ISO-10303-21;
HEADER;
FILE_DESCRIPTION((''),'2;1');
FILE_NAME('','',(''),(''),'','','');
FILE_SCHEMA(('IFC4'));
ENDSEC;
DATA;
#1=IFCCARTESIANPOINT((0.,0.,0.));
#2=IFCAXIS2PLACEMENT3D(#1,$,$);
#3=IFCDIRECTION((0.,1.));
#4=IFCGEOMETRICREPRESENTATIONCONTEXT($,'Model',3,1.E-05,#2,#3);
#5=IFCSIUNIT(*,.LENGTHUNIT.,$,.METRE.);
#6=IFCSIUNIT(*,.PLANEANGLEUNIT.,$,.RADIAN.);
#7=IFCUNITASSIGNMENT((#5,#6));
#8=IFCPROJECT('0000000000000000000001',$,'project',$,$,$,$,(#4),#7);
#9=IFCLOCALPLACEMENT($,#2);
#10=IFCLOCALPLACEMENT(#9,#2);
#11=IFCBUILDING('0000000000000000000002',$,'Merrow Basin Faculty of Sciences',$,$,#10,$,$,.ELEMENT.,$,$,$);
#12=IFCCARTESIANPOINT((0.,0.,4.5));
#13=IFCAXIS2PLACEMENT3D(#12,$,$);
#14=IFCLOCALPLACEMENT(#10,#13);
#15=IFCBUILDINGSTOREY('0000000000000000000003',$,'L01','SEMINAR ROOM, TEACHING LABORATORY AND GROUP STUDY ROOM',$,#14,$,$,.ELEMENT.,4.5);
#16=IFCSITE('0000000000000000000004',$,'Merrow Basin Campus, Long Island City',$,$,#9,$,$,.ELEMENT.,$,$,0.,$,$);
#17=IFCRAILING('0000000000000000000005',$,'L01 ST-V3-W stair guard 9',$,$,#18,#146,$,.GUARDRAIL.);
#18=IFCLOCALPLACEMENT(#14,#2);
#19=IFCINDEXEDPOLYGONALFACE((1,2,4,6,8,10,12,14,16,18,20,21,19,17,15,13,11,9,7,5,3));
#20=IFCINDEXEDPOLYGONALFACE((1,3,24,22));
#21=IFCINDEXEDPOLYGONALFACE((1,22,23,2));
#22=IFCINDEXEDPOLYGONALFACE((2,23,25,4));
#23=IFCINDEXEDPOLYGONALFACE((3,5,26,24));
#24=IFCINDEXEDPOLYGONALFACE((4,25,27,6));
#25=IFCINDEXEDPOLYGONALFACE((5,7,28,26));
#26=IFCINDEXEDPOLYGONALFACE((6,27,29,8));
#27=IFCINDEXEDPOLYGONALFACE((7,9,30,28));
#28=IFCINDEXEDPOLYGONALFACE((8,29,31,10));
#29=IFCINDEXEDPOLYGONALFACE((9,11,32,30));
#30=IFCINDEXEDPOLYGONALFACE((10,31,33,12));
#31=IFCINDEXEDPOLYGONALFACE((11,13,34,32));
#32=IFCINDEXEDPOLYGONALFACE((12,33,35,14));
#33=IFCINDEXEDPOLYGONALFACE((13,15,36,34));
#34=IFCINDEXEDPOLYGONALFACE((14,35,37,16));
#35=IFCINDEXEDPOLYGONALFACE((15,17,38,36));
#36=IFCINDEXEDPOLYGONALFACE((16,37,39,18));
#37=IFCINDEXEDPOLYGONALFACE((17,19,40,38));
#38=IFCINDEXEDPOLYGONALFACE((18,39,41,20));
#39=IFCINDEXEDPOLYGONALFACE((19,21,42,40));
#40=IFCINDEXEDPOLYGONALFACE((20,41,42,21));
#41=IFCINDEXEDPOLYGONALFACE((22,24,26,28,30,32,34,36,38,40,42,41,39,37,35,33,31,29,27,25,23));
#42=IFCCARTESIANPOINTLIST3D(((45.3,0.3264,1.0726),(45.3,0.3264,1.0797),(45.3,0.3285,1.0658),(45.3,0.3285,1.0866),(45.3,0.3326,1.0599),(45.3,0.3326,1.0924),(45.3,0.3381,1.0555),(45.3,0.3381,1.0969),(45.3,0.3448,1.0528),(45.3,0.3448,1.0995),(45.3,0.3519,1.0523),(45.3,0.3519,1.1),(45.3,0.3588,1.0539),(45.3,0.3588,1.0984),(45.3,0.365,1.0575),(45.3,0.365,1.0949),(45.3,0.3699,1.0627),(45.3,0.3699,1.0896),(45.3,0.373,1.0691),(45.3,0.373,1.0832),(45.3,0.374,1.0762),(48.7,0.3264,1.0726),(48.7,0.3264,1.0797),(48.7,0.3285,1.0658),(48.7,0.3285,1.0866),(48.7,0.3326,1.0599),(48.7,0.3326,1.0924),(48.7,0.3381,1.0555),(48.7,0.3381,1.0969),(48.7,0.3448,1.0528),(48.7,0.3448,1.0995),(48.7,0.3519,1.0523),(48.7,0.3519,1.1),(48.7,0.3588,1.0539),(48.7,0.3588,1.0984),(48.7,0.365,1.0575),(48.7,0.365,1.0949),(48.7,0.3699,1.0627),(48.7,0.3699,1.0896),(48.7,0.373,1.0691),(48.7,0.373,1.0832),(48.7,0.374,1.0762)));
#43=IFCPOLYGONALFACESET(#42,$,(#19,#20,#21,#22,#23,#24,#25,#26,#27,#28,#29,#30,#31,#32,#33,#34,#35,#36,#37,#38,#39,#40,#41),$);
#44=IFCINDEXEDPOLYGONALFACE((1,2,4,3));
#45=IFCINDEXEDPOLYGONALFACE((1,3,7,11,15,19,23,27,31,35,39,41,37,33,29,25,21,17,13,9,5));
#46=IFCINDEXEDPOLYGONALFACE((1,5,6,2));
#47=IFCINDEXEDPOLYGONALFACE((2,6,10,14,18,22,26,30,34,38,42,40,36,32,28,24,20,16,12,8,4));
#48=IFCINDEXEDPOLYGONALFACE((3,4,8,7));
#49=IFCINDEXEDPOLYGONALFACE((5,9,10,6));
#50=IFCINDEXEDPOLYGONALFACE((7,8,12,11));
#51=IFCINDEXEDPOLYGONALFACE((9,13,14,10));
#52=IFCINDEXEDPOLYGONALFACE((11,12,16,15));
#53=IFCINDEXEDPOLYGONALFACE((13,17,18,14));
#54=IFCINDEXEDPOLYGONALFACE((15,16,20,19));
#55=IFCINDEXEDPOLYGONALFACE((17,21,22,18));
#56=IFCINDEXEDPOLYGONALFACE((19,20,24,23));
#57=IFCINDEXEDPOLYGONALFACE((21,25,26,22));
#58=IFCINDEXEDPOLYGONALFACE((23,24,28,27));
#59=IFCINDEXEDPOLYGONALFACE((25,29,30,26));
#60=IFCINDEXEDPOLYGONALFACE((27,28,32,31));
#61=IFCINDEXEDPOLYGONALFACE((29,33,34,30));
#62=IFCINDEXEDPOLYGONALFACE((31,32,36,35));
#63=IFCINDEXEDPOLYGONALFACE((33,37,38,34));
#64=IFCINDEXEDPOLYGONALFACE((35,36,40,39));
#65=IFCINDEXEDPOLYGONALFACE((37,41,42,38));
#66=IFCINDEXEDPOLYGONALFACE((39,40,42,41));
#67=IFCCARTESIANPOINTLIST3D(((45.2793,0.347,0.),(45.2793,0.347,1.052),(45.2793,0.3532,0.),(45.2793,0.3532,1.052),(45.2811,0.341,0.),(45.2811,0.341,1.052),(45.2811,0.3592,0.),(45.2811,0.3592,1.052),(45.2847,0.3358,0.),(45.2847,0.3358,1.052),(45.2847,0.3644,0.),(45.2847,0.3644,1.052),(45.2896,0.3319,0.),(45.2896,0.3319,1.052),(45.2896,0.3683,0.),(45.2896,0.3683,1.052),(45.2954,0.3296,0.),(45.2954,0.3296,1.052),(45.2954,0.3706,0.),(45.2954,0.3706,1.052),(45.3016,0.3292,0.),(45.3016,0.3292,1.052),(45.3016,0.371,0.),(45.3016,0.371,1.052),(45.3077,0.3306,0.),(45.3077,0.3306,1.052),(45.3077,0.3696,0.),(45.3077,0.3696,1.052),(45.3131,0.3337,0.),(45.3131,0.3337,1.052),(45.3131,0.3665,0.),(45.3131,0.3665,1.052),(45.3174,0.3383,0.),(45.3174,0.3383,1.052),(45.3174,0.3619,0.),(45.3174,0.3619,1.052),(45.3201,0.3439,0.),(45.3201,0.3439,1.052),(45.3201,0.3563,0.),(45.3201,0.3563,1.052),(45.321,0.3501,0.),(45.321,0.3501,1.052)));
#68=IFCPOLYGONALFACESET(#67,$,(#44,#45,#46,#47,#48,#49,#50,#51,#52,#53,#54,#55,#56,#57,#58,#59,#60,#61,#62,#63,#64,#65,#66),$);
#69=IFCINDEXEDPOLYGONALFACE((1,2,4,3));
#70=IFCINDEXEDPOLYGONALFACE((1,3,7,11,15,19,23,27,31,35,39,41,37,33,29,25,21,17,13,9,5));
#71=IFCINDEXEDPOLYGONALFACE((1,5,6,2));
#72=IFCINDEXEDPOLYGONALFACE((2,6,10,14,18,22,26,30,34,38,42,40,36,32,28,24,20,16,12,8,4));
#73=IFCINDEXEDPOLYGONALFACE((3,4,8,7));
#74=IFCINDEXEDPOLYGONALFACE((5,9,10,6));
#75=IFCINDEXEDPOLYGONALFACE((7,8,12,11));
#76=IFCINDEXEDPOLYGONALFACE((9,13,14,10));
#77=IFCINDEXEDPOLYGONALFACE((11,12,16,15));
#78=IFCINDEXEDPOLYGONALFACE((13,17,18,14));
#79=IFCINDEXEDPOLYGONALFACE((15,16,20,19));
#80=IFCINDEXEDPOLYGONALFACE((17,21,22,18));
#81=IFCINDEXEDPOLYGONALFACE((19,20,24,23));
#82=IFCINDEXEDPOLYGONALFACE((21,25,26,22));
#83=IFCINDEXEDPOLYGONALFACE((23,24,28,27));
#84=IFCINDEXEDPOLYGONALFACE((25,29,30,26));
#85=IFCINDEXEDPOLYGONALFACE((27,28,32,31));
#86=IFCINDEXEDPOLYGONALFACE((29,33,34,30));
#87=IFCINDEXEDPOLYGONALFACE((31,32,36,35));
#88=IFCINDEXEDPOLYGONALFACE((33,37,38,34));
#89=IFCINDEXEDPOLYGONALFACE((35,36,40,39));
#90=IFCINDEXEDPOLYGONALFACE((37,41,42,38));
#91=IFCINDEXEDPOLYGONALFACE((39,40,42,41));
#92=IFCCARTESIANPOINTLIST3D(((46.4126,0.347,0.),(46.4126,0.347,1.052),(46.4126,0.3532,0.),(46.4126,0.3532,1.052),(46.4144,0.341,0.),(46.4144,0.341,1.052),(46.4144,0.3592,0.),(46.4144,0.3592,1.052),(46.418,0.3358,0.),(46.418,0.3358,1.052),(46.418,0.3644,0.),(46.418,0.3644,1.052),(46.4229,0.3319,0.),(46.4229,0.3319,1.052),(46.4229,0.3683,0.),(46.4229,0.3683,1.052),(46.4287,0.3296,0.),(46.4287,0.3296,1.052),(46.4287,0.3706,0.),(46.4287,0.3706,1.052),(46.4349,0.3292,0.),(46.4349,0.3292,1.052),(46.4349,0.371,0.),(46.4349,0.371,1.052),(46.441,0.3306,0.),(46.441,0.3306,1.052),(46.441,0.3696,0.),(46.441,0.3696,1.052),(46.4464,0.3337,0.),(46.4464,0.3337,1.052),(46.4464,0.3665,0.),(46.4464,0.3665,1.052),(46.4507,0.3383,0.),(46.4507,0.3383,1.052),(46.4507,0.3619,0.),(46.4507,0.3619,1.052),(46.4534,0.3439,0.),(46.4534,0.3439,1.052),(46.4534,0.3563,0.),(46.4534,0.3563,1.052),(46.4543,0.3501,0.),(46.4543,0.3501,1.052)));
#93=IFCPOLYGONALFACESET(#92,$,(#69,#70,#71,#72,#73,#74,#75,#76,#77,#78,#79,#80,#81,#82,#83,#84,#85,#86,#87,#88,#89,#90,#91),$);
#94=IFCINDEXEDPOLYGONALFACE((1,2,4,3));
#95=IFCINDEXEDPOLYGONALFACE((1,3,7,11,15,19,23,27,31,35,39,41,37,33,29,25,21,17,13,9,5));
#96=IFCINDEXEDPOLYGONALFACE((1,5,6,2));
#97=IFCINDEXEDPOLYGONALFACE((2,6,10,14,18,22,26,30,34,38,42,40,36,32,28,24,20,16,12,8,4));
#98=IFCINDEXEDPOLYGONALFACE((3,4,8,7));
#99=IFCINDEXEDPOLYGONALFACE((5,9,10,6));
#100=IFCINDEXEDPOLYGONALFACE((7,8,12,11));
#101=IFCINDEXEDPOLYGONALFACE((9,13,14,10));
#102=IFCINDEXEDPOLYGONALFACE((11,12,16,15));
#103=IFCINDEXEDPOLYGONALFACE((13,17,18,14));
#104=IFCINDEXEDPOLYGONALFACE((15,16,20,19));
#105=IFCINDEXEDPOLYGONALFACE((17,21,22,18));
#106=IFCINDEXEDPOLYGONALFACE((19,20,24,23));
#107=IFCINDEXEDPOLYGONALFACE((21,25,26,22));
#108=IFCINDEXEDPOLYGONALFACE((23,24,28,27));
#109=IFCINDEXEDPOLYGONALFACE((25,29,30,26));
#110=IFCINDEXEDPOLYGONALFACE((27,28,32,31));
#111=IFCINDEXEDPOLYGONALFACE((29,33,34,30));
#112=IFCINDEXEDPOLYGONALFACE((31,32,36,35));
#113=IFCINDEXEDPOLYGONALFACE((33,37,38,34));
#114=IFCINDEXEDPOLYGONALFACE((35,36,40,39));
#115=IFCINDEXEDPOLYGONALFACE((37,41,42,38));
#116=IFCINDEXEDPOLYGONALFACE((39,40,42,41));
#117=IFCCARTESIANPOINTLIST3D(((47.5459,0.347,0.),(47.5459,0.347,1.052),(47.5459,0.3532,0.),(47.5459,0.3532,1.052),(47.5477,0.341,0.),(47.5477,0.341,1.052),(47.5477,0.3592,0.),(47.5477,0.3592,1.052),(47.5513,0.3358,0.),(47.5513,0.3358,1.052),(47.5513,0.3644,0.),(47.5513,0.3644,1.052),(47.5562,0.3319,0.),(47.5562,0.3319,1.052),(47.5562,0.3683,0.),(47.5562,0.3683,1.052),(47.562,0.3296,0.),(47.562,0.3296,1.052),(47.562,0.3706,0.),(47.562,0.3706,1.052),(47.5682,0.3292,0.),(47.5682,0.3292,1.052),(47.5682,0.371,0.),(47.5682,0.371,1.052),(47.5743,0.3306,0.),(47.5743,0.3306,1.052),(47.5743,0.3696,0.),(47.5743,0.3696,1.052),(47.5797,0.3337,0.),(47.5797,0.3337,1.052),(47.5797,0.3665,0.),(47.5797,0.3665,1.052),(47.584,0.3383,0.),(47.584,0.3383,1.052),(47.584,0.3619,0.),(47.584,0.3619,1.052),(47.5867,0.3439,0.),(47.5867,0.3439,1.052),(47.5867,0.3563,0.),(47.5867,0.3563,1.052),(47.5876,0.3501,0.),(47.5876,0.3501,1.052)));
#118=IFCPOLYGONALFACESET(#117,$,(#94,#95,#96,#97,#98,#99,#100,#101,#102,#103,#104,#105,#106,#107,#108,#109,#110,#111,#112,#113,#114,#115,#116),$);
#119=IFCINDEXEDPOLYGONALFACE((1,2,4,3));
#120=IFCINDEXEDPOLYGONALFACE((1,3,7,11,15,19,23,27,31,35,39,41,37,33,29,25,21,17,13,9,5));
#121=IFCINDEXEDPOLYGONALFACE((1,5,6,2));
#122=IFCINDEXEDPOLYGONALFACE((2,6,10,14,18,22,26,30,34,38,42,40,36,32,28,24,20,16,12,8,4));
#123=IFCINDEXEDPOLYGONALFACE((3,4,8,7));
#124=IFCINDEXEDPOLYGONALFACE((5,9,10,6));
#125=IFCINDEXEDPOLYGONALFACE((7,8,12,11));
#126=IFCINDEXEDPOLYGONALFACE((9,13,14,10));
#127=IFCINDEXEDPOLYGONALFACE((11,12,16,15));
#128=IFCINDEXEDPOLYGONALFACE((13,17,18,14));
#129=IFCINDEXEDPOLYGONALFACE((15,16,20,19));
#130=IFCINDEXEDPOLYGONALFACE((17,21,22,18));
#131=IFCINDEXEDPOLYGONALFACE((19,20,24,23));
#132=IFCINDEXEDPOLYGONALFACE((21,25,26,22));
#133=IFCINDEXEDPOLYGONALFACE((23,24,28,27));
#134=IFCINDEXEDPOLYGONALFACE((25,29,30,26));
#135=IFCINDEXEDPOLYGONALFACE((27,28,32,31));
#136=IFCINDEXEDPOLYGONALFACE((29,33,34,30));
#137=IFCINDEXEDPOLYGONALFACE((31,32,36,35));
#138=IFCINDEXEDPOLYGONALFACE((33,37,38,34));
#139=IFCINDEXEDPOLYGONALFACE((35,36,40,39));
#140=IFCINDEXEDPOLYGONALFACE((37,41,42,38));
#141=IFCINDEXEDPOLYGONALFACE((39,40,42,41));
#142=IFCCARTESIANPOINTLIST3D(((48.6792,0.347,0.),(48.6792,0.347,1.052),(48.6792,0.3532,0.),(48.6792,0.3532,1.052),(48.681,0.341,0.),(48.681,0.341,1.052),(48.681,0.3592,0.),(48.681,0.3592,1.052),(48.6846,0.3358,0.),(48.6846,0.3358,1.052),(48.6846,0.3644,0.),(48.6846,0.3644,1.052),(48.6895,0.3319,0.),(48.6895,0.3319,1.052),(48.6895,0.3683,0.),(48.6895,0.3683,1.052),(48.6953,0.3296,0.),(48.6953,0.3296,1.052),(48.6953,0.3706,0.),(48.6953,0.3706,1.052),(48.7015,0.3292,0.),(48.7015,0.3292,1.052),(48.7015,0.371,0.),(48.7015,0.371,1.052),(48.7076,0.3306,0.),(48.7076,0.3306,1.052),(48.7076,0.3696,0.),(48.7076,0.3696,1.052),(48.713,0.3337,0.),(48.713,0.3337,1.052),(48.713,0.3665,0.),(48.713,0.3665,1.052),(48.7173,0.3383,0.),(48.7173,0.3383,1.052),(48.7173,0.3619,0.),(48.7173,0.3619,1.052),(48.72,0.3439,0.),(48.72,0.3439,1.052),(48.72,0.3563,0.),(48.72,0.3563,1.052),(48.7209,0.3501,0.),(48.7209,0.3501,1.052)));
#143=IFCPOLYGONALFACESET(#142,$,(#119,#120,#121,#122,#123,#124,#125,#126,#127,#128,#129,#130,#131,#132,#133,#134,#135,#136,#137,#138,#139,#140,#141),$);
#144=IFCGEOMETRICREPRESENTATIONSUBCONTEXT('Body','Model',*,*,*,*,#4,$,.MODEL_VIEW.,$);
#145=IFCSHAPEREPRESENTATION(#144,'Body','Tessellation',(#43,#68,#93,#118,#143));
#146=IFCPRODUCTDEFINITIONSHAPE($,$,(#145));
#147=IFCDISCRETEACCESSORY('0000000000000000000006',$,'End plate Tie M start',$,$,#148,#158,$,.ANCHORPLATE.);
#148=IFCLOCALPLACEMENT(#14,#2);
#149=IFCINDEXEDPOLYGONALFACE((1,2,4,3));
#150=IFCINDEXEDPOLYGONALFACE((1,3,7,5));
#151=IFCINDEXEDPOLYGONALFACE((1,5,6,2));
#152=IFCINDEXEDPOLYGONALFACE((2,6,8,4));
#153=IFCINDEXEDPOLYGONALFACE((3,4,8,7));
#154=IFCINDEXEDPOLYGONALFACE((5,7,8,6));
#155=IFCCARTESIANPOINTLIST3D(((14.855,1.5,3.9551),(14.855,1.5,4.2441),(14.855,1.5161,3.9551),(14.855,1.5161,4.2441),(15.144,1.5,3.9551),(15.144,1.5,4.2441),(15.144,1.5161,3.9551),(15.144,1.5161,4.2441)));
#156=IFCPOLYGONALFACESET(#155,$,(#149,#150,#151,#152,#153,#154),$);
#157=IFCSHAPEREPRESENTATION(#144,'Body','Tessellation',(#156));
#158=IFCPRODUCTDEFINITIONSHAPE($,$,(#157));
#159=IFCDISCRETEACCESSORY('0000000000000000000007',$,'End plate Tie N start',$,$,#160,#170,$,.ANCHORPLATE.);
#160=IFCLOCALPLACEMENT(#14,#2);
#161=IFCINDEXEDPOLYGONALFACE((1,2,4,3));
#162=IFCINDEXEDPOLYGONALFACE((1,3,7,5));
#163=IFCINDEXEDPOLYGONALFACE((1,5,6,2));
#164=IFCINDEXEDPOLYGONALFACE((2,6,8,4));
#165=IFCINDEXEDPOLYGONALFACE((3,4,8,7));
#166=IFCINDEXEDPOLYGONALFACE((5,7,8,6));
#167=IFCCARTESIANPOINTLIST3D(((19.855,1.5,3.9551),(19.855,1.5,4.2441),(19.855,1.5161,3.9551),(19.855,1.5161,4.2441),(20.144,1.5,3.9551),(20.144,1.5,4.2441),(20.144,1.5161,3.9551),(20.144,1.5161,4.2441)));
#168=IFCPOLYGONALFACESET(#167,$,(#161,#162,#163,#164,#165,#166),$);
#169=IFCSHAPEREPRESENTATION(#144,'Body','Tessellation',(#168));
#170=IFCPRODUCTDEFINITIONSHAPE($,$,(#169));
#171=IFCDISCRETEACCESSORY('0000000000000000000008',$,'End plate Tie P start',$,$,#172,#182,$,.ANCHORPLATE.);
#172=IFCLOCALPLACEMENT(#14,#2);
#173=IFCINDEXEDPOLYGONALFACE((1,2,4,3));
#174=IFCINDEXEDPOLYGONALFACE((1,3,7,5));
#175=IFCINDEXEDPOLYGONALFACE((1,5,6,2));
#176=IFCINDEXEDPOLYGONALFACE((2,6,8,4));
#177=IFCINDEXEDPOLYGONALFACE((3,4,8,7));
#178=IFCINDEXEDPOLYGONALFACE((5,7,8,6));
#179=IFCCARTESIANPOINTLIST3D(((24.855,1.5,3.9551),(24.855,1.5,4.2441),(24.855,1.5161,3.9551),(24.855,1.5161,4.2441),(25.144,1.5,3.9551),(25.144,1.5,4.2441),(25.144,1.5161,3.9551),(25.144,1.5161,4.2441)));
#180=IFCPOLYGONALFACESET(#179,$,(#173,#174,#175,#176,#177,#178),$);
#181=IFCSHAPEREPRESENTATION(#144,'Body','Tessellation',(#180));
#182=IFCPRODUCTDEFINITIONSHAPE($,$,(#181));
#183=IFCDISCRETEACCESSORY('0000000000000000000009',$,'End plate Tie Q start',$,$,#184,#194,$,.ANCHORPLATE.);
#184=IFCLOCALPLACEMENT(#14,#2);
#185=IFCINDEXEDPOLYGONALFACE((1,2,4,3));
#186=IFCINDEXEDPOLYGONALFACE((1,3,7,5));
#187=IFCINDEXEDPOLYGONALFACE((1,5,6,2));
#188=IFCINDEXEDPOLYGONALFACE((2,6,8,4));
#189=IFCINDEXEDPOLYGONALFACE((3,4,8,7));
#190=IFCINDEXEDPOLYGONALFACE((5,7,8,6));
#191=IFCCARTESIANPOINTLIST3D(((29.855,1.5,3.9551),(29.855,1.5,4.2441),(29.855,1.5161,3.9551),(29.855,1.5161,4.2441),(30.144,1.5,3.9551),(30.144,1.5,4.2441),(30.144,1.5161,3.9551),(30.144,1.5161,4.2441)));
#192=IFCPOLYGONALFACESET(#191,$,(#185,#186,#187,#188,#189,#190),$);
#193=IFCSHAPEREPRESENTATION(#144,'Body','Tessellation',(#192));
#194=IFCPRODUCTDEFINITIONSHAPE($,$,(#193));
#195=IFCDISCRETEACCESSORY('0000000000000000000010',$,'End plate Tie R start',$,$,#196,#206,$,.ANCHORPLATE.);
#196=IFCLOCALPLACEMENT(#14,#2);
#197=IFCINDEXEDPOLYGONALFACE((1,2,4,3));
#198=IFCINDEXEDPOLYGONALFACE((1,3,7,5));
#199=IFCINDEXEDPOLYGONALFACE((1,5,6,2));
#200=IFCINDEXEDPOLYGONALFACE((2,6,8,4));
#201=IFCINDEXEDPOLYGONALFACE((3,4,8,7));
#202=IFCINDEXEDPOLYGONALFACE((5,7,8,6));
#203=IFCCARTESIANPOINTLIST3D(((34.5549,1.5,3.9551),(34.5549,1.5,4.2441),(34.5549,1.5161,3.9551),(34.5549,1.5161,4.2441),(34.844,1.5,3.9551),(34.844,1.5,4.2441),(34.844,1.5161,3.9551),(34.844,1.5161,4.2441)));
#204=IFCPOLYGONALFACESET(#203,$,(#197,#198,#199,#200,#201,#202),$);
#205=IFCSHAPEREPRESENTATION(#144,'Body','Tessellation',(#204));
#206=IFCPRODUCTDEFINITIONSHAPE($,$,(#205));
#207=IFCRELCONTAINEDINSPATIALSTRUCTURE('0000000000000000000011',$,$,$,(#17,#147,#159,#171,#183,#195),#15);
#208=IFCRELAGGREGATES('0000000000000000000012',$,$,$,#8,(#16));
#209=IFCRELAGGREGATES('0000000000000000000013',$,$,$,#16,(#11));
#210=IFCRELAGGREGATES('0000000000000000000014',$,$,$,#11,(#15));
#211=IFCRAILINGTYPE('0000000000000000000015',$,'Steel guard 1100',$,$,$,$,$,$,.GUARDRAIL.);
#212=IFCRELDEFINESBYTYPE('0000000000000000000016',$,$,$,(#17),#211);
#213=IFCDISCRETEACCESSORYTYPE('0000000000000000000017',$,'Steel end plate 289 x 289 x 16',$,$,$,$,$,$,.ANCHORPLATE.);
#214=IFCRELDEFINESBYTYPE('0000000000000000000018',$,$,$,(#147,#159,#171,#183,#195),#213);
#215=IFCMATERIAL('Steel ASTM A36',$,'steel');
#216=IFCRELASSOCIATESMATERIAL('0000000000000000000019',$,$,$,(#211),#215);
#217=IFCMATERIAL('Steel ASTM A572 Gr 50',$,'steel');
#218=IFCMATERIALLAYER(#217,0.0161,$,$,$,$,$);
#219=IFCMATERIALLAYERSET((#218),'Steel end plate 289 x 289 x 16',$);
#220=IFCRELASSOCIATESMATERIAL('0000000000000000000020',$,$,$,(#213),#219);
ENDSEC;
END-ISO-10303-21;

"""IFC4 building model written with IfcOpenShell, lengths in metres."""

from ifc_helpers import new_model, si_unit, direction, frame, origin, origin_2d, place, context, subcontext, project, spatial, polyline, circle, outline, extrude, source, transform, mapped, material, layer, layer_set, type_object, element, save


model = new_model("IFC4")

# Units and contexts
model_context = context("Model", 3, precision=1e-05, world=origin(), true_north=direction((0.0, 1.0)))
body_context = subcontext(model_context, "Body", "Model", "MODEL_VIEW")
ifc_project = project(units=[si_unit("LENGTHUNIT", "METRE"), si_unit("PLANEANGLEUNIT", "RADIAN")], contexts=[model_context])

# Site, building, storey
site_placement = place(None, origin())
site = spatial("IfcSite", under=ifc_project, at=site_placement, Name="Merrow Basin Campus, Long Island City", CompositionType="ELEMENT", RefElevation=0.0)
building_placement = place(site_placement, origin())
building = spatial("IfcBuilding", under=site, at=building_placement, Name="Merrow Basin Faculty of Sciences", CompositionType="ELEMENT")
storey_placement = place(building_placement, frame((0.0, 0.0, 4.5)))
storey = spatial("IfcBuildingStorey", under=building, at=storey_placement, Name="L01", Description="SEMINAR ROOM, TEACHING LABORATORY AND GROUP STUDY ROOM", CompositionType="ELEMENT", Elevation=4.5)

# Railing
ifc_material_1 = material(Name="Steel ASTM A36", Category="steel")
railing_type = type_object("IfcRailingType", Name="Steel guard 1100", PredefinedType="GUARDRAIL", material=ifc_material_1)
railing_1_placement = place(storey_placement, frame((45.3, 0.3501, 0.0)))
element("IfcRailing", 1, at=railing_1_placement, inside=storey, type_object=railing_type, Name="L01 ST-V3-W stair guard 9", PredefinedType="GUARDRAIL", context=body_context, shape_type="SweptSolid", body=[
    extrude(circle(Radius=0.0239, at=origin_2d()), frame((0.0, 0.0, 1.0762), z_axis=(1.0, 0.0, 0.0), x_axis=(0.0, 1.0, 0.0)), (0.0, 0.0, 1.0), 3.3999),
    extrude(circle(Radius=0.021, at=origin_2d()), origin(), (0.0, 0.0, 1.0), 1.052),
    extrude(circle(Radius=0.021, at=origin_2d()), frame((1.1333, 0.0, 0.0)), (0.0, 0.0, 1.0), 1.052),
    extrude(circle(Radius=0.021, at=origin_2d()), frame((2.2666, 0.0, 0.0)), (0.0, 0.0, 1.0), 1.052),
    extrude(circle(Radius=0.021, at=origin_2d()), frame((3.3999, 0.0, 0.0)), (0.0, 0.0, 1.0), 1.052),
])

# Discrete accessories
ifc_material_2 = material(Name="Steel ASTM A572 Gr 50", Category="steel")
ifc_layer_1 = layer(ifc_material_2, 0.0161)
ifc_layer_set_1 = layer_set([ifc_layer_1], Name="Steel end plate 289 x 289 x 16")
discrete_accessory_type = type_object("IfcDiscreteAccessoryType", Name="Steel end plate 289 x 289 x 16", PredefinedType="ANCHORPLATE", material=ifc_layer_set_1)
shared_shape = source(origin(), body_context, "Body", "SweptSolid", [
    extrude(outline(polyline([(0.0, 0.0), (0.2891, 0.0), (0.2891, 0.2891), (0.0, 0.2891), (0.0, 0.0)])), origin(), (0.0, 0.0, 1.0), 0.0161),
])
for number, where, z_axis, x_axis, name in (
    (2, (14.855, 1.5161, 3.9551), (0.0, -1.0, 0.0), (1.0, 0.0, 0.0), "End plate Tie M start"),
    (3, (19.855, 1.5161, 3.9551), (0.0, -1.0, 0.0), (1.0, 0.0, 0.0), "End plate Tie N start"),
    (4, (24.855, 1.5161, 3.9551), (0.0, -1.0, 0.0), (1.0, 0.0, 0.0), "End plate Tie P start"),
    (5, (29.855, 1.5161, 3.9551), (0.0, -1.0, 0.0), (1.0, 0.0, 0.0), "End plate Tie Q start"),
    (6, (34.5549, 1.5161, 3.9551), (0.0, -1.0, 0.0), (1.0, 0.0, 0.0), "End plate Tie R start"),
):
    element("IfcDiscreteAccessory", number, at=place(storey_placement, frame(where, z_axis=z_axis, x_axis=x_axis)), inside=storey, type_object=discrete_accessory_type, Name=name, PredefinedType="ANCHORPLATE", context=body_context, shape_type="MappedRepresentation", body=[
        mapped(shared_shape, transform((0.0, 0.0, 0.0), scale=1.0)),
    ])

save(model, "model.ifc")
